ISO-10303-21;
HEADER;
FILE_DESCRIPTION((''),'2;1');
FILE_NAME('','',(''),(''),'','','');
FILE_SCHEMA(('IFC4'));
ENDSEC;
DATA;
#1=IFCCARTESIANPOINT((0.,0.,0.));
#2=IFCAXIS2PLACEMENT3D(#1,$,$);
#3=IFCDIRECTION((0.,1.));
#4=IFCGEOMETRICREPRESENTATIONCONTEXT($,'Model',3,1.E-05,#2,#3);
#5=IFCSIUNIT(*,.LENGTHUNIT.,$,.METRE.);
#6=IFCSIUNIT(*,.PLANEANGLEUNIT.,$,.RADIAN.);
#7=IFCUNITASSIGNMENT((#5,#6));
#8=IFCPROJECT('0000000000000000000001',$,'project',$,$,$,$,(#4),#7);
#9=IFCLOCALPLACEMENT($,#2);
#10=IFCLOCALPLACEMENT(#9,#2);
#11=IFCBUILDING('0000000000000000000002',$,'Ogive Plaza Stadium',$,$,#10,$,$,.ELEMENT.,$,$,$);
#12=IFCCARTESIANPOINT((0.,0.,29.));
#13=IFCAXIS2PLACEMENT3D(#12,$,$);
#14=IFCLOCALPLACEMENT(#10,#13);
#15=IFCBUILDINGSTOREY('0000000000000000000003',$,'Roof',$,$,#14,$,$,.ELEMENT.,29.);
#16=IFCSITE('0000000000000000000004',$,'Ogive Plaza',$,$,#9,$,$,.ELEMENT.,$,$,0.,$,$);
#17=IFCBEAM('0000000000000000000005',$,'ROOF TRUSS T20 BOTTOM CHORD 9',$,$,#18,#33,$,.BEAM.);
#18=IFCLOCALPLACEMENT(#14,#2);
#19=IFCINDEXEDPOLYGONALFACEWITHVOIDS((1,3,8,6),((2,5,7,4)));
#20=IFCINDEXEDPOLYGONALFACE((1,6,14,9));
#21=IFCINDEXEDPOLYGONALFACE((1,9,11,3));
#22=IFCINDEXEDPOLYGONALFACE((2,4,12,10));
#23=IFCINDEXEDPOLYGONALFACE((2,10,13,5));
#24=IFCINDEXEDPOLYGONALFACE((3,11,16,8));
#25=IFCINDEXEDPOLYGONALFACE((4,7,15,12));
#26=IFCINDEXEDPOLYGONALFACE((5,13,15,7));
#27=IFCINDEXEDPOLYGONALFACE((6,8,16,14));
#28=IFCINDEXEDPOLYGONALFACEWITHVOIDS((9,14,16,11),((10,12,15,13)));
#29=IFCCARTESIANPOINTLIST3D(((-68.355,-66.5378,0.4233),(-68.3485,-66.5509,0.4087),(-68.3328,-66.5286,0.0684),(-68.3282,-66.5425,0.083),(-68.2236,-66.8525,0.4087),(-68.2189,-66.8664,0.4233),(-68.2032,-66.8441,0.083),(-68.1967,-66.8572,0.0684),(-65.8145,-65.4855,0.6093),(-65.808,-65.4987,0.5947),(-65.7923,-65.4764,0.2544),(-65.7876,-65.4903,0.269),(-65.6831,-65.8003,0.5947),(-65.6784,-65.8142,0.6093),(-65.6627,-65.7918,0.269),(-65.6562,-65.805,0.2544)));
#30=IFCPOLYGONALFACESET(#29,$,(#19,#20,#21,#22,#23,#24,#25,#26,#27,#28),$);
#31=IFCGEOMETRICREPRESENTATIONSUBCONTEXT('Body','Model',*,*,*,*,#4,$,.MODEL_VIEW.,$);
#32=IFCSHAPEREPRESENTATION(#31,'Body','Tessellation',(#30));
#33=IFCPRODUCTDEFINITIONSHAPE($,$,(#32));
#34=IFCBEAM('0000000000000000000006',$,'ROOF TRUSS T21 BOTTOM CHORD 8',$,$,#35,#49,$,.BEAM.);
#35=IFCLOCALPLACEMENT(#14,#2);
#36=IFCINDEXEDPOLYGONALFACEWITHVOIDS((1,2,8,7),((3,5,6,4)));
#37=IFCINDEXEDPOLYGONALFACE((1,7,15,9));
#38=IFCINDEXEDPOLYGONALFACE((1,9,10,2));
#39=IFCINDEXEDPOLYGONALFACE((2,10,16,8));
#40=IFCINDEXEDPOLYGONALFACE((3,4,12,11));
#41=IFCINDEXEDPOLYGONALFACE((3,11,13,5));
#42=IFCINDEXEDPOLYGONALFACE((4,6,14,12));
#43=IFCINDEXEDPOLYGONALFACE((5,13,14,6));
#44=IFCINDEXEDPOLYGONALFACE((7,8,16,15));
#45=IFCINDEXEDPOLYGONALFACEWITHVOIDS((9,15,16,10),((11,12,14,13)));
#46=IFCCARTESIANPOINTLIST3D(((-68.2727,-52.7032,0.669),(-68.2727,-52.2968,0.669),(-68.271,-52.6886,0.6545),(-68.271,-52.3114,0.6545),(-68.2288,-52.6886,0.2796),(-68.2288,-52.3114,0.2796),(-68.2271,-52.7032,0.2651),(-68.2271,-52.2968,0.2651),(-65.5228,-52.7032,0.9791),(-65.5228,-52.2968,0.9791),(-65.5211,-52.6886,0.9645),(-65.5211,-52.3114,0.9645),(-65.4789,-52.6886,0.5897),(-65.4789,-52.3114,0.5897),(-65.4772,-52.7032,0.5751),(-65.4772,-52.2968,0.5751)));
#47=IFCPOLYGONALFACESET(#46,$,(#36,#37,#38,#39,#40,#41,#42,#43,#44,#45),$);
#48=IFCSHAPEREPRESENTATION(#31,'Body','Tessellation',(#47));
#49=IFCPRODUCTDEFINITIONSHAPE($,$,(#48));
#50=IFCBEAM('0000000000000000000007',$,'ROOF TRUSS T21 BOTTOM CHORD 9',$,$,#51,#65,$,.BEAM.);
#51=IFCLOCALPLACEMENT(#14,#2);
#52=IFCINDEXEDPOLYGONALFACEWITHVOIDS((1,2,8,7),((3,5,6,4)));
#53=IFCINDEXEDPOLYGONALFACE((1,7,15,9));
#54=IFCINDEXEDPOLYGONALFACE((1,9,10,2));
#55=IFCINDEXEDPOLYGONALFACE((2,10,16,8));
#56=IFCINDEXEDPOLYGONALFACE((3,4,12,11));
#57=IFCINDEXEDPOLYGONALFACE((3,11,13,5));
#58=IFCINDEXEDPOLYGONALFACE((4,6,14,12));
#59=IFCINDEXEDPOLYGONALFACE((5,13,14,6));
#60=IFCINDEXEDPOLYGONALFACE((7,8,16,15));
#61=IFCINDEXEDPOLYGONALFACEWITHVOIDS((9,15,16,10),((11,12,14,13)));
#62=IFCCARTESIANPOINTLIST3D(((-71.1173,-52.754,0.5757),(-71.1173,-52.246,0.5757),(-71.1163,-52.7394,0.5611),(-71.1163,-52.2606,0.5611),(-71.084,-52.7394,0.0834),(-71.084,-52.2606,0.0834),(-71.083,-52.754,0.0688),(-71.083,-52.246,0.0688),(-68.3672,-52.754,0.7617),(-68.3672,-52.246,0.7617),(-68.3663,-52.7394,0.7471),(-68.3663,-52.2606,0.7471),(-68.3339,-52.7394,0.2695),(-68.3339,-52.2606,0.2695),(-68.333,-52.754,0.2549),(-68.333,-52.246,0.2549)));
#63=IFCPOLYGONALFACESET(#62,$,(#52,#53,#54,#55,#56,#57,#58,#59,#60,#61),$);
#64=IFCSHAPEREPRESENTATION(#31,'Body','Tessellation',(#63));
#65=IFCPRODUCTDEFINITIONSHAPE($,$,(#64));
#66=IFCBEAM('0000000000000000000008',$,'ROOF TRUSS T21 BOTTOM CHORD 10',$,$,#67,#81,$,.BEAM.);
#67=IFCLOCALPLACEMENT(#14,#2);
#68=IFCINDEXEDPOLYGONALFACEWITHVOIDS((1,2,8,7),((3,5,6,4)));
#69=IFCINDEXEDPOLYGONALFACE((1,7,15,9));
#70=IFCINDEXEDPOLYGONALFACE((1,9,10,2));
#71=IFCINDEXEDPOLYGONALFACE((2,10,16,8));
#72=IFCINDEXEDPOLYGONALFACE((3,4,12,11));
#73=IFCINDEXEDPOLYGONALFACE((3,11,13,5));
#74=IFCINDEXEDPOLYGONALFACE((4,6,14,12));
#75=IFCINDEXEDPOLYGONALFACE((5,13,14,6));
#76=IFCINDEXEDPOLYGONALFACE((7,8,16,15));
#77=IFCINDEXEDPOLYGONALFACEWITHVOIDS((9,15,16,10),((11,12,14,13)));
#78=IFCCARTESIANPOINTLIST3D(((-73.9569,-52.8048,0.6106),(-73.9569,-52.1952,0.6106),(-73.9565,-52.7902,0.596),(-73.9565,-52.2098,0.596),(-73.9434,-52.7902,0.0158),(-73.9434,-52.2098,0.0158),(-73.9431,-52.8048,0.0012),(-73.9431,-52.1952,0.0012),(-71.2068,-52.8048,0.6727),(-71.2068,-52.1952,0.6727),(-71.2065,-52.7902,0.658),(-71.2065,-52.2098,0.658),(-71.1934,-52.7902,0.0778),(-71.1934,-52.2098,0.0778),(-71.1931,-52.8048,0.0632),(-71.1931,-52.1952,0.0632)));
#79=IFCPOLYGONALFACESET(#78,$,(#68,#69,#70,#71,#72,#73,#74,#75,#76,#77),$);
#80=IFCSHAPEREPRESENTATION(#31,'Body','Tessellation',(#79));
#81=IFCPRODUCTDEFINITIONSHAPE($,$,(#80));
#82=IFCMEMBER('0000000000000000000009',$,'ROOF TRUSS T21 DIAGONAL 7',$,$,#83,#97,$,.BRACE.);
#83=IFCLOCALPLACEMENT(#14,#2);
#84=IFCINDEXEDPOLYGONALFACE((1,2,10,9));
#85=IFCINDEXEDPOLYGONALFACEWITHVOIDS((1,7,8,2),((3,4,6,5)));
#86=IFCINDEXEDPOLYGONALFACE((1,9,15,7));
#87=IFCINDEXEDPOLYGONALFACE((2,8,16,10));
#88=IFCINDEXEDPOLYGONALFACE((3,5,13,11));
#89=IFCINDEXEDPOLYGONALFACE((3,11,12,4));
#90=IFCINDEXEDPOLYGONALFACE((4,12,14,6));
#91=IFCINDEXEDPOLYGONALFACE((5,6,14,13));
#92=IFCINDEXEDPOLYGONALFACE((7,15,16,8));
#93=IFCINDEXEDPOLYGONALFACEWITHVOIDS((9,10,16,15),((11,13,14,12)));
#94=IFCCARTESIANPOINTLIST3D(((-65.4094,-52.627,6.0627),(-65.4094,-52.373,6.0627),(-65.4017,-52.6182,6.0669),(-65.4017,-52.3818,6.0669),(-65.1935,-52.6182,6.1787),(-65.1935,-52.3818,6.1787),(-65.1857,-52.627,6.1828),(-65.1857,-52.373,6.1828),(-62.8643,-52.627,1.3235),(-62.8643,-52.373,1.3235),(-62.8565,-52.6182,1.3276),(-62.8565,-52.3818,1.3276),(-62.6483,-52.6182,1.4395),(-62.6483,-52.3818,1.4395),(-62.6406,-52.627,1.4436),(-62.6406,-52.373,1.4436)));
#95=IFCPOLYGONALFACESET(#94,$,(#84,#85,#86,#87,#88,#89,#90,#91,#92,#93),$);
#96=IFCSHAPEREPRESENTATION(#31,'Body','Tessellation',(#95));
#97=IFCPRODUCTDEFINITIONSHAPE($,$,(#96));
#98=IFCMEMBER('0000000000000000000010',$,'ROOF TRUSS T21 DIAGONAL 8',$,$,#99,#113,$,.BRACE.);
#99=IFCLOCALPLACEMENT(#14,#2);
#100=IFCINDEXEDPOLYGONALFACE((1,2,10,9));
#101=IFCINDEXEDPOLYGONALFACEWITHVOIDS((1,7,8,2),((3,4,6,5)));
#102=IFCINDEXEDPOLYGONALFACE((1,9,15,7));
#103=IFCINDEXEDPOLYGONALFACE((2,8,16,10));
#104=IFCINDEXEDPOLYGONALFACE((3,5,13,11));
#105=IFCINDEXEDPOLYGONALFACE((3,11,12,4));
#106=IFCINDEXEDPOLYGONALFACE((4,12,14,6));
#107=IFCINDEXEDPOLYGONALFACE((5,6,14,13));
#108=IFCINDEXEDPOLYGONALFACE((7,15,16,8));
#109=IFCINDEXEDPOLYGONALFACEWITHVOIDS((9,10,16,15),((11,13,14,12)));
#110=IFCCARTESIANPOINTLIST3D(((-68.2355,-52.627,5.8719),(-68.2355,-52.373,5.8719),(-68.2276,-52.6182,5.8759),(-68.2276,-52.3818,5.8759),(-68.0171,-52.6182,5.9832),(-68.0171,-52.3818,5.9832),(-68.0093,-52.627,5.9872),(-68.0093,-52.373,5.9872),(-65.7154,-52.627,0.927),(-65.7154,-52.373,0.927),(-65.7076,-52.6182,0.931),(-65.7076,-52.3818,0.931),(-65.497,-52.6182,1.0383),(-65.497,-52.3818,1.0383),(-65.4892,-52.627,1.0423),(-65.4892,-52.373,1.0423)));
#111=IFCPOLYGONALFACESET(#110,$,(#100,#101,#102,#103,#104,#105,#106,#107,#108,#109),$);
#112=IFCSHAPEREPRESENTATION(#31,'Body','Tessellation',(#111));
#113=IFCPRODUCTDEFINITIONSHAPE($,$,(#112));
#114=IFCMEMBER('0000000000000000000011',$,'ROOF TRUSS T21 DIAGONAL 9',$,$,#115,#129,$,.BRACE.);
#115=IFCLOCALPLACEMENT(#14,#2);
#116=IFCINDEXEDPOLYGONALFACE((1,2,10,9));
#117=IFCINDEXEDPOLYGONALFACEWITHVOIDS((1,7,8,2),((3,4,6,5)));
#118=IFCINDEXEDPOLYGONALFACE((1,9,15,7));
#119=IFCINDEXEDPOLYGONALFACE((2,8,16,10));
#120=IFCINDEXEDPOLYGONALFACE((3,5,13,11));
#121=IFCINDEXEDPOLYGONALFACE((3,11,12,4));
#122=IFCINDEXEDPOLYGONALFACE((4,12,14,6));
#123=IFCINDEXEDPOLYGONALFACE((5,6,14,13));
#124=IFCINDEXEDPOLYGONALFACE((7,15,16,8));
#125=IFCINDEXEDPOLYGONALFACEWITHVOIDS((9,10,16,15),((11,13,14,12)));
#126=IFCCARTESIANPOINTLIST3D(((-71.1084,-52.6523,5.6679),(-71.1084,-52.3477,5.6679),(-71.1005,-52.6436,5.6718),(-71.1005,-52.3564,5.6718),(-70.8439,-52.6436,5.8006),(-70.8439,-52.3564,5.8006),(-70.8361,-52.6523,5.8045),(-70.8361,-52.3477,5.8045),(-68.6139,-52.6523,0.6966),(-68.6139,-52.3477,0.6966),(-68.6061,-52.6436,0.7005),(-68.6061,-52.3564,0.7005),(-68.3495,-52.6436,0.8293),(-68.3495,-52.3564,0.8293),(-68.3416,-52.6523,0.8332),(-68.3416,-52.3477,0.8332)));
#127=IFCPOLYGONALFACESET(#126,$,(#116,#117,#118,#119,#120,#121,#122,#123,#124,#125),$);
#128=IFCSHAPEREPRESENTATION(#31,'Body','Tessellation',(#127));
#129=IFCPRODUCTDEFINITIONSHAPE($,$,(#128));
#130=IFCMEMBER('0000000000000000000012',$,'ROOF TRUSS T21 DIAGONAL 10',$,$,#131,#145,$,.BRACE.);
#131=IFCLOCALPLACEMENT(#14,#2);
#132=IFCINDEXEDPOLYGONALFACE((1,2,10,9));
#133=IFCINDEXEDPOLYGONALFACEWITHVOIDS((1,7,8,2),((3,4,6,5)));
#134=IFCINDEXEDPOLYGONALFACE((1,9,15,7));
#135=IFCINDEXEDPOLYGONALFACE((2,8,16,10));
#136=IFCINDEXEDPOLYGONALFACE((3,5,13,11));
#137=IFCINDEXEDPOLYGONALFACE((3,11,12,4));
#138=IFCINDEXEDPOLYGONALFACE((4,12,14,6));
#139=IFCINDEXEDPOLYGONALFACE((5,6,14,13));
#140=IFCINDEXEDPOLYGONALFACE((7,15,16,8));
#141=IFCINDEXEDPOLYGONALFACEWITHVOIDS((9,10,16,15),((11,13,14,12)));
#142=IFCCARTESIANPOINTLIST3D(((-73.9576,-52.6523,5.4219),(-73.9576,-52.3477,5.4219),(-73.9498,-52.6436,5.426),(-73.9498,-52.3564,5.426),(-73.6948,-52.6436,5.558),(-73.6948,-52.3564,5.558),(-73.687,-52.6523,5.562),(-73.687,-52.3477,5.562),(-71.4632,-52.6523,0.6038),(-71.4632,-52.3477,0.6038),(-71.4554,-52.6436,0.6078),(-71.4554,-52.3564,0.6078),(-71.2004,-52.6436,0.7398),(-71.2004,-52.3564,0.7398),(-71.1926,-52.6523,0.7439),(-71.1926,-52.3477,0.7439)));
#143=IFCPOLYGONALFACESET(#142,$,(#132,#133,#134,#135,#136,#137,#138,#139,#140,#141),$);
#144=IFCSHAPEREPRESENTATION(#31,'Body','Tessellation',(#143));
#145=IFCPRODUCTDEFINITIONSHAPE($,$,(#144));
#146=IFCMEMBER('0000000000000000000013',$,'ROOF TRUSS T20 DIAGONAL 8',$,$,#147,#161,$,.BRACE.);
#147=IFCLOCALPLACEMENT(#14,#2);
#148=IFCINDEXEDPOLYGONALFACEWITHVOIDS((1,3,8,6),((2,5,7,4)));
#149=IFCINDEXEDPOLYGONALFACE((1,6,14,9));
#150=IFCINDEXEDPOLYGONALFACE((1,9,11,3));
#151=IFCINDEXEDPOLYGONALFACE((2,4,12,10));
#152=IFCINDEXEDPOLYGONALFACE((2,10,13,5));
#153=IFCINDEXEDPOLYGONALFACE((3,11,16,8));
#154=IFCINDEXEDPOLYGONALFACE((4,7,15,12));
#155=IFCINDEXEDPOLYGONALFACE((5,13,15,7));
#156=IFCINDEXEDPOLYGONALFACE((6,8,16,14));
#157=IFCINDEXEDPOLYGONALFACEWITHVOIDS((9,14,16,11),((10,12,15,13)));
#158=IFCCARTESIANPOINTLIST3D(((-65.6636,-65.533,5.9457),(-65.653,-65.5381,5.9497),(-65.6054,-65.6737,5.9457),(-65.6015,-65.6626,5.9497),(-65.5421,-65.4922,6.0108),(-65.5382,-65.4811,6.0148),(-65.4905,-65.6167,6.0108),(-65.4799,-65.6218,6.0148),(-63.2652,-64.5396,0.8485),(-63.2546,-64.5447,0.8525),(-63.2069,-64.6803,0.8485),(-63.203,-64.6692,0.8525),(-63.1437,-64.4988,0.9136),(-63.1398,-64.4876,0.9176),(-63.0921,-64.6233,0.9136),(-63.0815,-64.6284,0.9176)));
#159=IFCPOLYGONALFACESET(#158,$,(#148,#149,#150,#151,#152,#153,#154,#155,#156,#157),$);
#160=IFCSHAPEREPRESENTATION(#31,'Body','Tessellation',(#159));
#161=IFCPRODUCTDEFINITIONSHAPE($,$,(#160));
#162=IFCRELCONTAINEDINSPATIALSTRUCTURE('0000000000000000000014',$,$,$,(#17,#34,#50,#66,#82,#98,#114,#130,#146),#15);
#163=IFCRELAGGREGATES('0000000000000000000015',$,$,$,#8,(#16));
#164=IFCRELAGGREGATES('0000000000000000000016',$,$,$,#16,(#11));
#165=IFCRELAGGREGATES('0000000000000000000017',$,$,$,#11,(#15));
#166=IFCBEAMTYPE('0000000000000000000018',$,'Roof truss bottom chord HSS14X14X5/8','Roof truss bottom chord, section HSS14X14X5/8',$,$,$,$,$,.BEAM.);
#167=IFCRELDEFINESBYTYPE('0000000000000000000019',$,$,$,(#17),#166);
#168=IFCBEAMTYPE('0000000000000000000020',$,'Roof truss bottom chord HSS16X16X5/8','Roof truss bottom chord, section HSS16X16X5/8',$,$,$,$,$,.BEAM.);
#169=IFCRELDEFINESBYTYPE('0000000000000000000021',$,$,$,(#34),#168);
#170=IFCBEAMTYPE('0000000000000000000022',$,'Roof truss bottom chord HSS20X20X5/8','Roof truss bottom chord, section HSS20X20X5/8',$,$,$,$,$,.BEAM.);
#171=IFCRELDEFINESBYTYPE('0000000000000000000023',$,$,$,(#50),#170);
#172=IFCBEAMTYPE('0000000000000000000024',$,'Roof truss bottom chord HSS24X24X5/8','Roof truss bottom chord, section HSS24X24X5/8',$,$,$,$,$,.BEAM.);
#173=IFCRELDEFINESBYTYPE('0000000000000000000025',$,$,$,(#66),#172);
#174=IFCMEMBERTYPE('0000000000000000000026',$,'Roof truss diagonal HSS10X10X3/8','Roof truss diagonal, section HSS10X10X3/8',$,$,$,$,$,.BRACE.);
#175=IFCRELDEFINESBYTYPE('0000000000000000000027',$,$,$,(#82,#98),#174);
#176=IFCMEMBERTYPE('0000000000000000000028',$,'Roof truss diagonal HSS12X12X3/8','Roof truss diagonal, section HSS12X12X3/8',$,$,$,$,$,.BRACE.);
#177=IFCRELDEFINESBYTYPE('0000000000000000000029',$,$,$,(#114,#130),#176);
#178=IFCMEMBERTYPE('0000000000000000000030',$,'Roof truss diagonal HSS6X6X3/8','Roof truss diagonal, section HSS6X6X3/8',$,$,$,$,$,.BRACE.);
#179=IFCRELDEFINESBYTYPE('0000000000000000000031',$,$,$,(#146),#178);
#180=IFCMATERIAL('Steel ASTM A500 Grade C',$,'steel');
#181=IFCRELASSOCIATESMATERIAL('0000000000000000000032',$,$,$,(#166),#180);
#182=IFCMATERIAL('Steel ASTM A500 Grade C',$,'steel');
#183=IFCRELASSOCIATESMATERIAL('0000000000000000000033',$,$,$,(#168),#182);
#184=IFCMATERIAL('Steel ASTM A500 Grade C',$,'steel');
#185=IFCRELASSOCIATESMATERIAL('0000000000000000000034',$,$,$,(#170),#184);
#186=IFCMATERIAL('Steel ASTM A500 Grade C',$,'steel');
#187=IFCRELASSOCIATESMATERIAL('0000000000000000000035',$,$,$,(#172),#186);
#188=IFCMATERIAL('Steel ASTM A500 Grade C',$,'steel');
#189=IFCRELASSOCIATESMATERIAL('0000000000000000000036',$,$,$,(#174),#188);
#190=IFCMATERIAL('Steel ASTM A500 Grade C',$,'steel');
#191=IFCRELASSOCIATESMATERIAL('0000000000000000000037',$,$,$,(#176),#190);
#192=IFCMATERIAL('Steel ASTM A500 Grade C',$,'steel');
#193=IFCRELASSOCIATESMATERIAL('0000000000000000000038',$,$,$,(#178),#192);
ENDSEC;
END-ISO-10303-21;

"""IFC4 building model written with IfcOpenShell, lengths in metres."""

from ifc_helpers import new_model, si_unit, direction, frame, origin, origin_2d, place, context, subcontext, project, spatial, hollow_rectangle, extrude, material, material_profile, profile_set, type_object, element, save


model = new_model("IFC4")

# Units and contexts
model_context = context("Model", 3, precision=1e-05, world=origin(), true_north=direction((0.0, 1.0)))
body_context = subcontext(model_context, "Body", "Model", "MODEL_VIEW")
ifc_project = project(units=[si_unit("LENGTHUNIT", "METRE"), si_unit("PLANEANGLEUNIT", "RADIAN")], contexts=[model_context])

# Site, building, storey
site_placement = place(None, origin())
site = spatial("IfcSite", under=ifc_project, at=site_placement, Name="Ogive Plaza", CompositionType="ELEMENT", RefElevation=0.0)
building_placement = place(site_placement, origin())
building = spatial("IfcBuilding", under=site, at=building_placement, Name="Ogive Plaza Stadium", CompositionType="ELEMENT")
storey_placement = place(building_placement, frame((0.0, 0.0, 29.0)))
storey = spatial("IfcBuildingStorey", under=building, at=storey_placement, Name="Roof", CompositionType="ELEMENT", Elevation=29.0)

# Beams
ifc_material_1 = material(Name="Steel ASTM A500 Grade C", Category="steel")
ifc_material_profile_1 = material_profile(ifc_material_1, hollow_rectangle(XDim=0.3557, YDim=0.3557, WallThickness=0.0146, at=origin_2d()), Name="HSS14X14X5/8")
ifc_profile_set_1 = profile_set([ifc_material_profile_1], Name="Steel ASTM A500 Grade C")
beam_type_1 = type_object("IfcBeamType", Name="Roof truss bottom chord HSS14X14X5/8", Description="Roof truss bottom chord, section HSS14X14X5/8", PredefinedType="BEAM", material=ifc_profile_set_1)
beam_1_placement = place(storey_placement, frame((-65.7354, -65.6453, 0.4319), z_axis=(-0.921782, -0.381787, -0.067499), x_axis=(0.38266, -0.923889, 0.0)))
element("IfcBeam", 1, at=beam_1_placement, inside=storey, type_object=beam_type_1, Name="ROOF TRUSS T20 BOTTOM CHORD 9", PredefinedType="BEAM", context=body_context, shape_type="SweptSolid", body=[
    extrude(hollow_rectangle(XDim=0.3557, YDim=0.3557, WallThickness=0.0146, at=origin_2d()), origin(), (0.0, 0.0, 1.0), 2.7561),
])
ifc_material_2 = material(Name="Steel ASTM A500 Grade C", Category="steel")
ifc_material_profile_2 = material_profile(ifc_material_2, hollow_rectangle(XDim=0.4065, YDim=0.4065, WallThickness=0.0146, at=origin_2d()), Name="HSS16X16X5/8")
ifc_profile_set_2 = profile_set([ifc_material_profile_2], Name="Steel ASTM A500 Grade C")
beam_type_2 = type_object("IfcBeamType", Name="Roof truss bottom chord HSS16X16X5/8", Description="Roof truss bottom chord, section HSS16X16X5/8", PredefinedType="BEAM", material=ifc_profile_set_2)
beam_2_placement = place(storey_placement, frame((-65.5, -52.5, 0.7771), z_axis=(-0.993704, 0.0, -0.112039), x_axis=(0.0, -1.0, 0.0)))
element("IfcBeam", 2, at=beam_2_placement, inside=storey, type_object=beam_type_2, Name="ROOF TRUSS T21 BOTTOM CHORD 8", PredefinedType="BEAM", context=body_context, shape_type="SweptSolid", body=[
    extrude(hollow_rectangle(XDim=0.4065, YDim=0.4065, WallThickness=0.0146, at=origin_2d()), origin(), (0.0, 0.0, 1.0), 2.7673),
])
ifc_material_3 = material(Name="Steel ASTM A500 Grade C", Category="steel")
ifc_material_profile_3 = material_profile(ifc_material_3, hollow_rectangle(XDim=0.5081, YDim=0.5081, WallThickness=0.0146, at=origin_2d()), Name="HSS20X20X5/8")
ifc_profile_set_3 = profile_set([ifc_material_profile_3], Name="Steel ASTM A500 Grade C")
beam_type_3 = type_object("IfcBeamType", Name="Roof truss bottom chord HSS20X20X5/8", Description="Roof truss bottom chord, section HSS20X20X5/8", PredefinedType="BEAM", material=ifc_profile_set_3)
beam_3_placement = place(storey_placement, frame((-68.3501, -52.5, 0.5083), z_axis=(-0.99772, 0.0, -0.067495), x_axis=(0.0, -1.0, 0.0)))
element("IfcBeam", 3, at=beam_3_placement, inside=storey, type_object=beam_type_3, Name="ROOF TRUSS T21 BOTTOM CHORD 9", PredefinedType="BEAM", context=body_context, shape_type="SweptSolid", body=[
    extrude(hollow_rectangle(XDim=0.5081, YDim=0.5081, WallThickness=0.0146, at=origin_2d()), origin(), (0.0, 0.0, 1.0), 2.7563),
])
ifc_material_4 = material(Name="Steel ASTM A500 Grade C", Category="steel")
ifc_material_profile_4 = material_profile(ifc_material_4, hollow_rectangle(XDim=0.6096, YDim=0.6096, WallThickness=0.0146, at=origin_2d()), Name="HSS24X24X5/8")
ifc_profile_set_4 = profile_set([ifc_material_profile_4], Name="Steel ASTM A500 Grade C")
beam_type_4 = type_object("IfcBeamType", Name="Roof truss bottom chord HSS24X24X5/8", Description="Roof truss bottom chord, section HSS24X24X5/8", PredefinedType="BEAM", material=ifc_profile_set_4)
beam_4_placement = place(storey_placement, frame((-71.2, -52.5, 0.3679), z_axis=(-0.999746, 0.0, -0.022544), x_axis=(0.0, -1.0, 0.0)))
element("IfcBeam", 4, at=beam_4_placement, inside=storey, type_object=beam_type_4, Name="ROOF TRUSS T21 BOTTOM CHORD 10", PredefinedType="BEAM", context=body_context, shape_type="SweptSolid", body=[
    extrude(hollow_rectangle(XDim=0.6096, YDim=0.6096, WallThickness=0.0146, at=origin_2d()), origin(), (0.0, 0.0, 1.0), 2.7507),
])

# Members
ifc_material_5 = material(Name="Steel ASTM A500 Grade C", Category="steel")
ifc_material_profile_5 = material_profile(ifc_material_5, hollow_rectangle(XDim=0.2539, YDim=0.2539, WallThickness=0.0088, at=origin_2d()), Name="HSS10X10X3/8")
ifc_profile_set_5 = profile_set([ifc_material_profile_5], Name="Steel ASTM A500 Grade C")
member_type_1 = type_object("IfcMemberType", Name="Roof truss diagonal HSS10X10X3/8", Description="Roof truss diagonal, section HSS10X10X3/8", PredefinedType="BRACE", material=ifc_profile_set_5)
member_1_placement = place(storey_placement, frame((-62.7524, -52.5, 1.3835), z_axis=(-0.473128, 0.0, 0.880994), x_axis=(0.0, -1.0, 0.0)))
element("IfcMember", 5, at=member_1_placement, inside=storey, type_object=member_type_1, Name="ROOF TRUSS T21 DIAGONAL 7", PredefinedType="BRACE", context=body_context, shape_type="SweptSolid", body=[
    extrude(hollow_rectangle(XDim=0.2539, YDim=0.2539, WallThickness=0.0088, at=origin_2d()), origin(), (0.0, 0.0, 1.0), 5.3794),
])
member_2_placement = place(storey_placement, frame((-65.6023, -52.5, 0.9846), z_axis=(-0.454063, 0.0, 0.89097), x_axis=(0.0, -1.0, 0.0)))
element("IfcMember", 6, at=member_2_placement, inside=storey, type_object=member_type_1, Name="ROOF TRUSS T21 DIAGONAL 8", PredefinedType="BRACE", context=body_context, shape_type="SweptSolid", body=[
    extrude(hollow_rectangle(XDim=0.2539, YDim=0.2539, WallThickness=0.0088, at=origin_2d()), origin(), (0.0, 0.0, 1.0), 5.55),
])
ifc_material_6 = material(Name="Steel ASTM A500 Grade C", Category="steel")
ifc_material_profile_6 = material_profile(ifc_material_6, hollow_rectangle(XDim=0.3047, YDim=0.3047, WallThickness=0.0088, at=origin_2d()), Name="HSS12X12X3/8")
ifc_profile_set_6 = profile_set([ifc_material_profile_6], Name="Steel ASTM A500 Grade C")
member_type_2 = type_object("IfcMemberType", Name="Roof truss diagonal HSS12X12X3/8", Description="Roof truss diagonal, section HSS12X12X3/8", PredefinedType="BRACE", material=ifc_profile_set_6)
member_3_placement = place(storey_placement, frame((-68.4778, -52.5, 0.7649), z_axis=(-0.448477, 0.0, 0.893794), x_axis=(0.0, -1.0, 0.0)))
element("IfcMember", 7, at=member_3_placement, inside=storey, type_object=member_type_2, Name="ROOF TRUSS T21 DIAGONAL 9", PredefinedType="BRACE", context=body_context, shape_type="SweptSolid", body=[
    extrude(hollow_rectangle(XDim=0.3047, YDim=0.3047, WallThickness=0.0088, at=origin_2d()), origin(), (0.0, 0.0, 1.0), 5.562),
])
member_4_placement = place(storey_placement, frame((-71.3279, -52.5, 0.6738), z_axis=(-0.459751, 0.0, 0.888048), x_axis=(0.0, -1.0, 0.0)))
element("IfcMember", 8, at=member_4_placement, inside=storey, type_object=member_type_2, Name="ROOF TRUSS T21 DIAGONAL 10", PredefinedType="BRACE", context=body_context, shape_type="SweptSolid", body=[
    extrude(hollow_rectangle(XDim=0.3047, YDim=0.3047, WallThickness=0.0088, at=origin_2d()), origin(), (0.0, 0.0, 1.0), 5.4255),
])
ifc_material_7 = material(Name="Steel ASTM A500 Grade C", Category="steel")
ifc_material_profile_7 = material_profile(ifc_material_7, hollow_rectangle(XDim=0.1523, YDim=0.1523, WallThickness=0.0088, at=origin_2d()), Name="HSS6X6X3/8")
ifc_profile_set_7 = profile_set([ifc_material_profile_7], Name="Steel ASTM A500 Grade C")
member_type_3 = type_object("IfcMemberType", Name="Roof truss diagonal HSS6X6X3/8", Description="Roof truss diagonal, section HSS6X6X3/8", PredefinedType="BRACE", material=ifc_profile_set_7)
member_5_placement = place(storey_placement, frame((-63.1733, -64.584, 0.8831), z_axis=(-0.419294, -0.173667, 0.891085), x_axis=(0.382665, -0.923887, 0.0)))
element("IfcMember", 9, at=member_5_placement, inside=storey, type_object=member_type_3, Name="ROOF TRUSS T20 DIAGONAL 8", PredefinedType="BRACE", context=body_context, shape_type="SweptSolid", body=[
    extrude(hollow_rectangle(XDim=0.1523, YDim=0.1523, WallThickness=0.0088, at=origin_2d()), origin(), (0.0, 0.0, 1.0), 5.7202),
])

save(model, "model.ifc")
